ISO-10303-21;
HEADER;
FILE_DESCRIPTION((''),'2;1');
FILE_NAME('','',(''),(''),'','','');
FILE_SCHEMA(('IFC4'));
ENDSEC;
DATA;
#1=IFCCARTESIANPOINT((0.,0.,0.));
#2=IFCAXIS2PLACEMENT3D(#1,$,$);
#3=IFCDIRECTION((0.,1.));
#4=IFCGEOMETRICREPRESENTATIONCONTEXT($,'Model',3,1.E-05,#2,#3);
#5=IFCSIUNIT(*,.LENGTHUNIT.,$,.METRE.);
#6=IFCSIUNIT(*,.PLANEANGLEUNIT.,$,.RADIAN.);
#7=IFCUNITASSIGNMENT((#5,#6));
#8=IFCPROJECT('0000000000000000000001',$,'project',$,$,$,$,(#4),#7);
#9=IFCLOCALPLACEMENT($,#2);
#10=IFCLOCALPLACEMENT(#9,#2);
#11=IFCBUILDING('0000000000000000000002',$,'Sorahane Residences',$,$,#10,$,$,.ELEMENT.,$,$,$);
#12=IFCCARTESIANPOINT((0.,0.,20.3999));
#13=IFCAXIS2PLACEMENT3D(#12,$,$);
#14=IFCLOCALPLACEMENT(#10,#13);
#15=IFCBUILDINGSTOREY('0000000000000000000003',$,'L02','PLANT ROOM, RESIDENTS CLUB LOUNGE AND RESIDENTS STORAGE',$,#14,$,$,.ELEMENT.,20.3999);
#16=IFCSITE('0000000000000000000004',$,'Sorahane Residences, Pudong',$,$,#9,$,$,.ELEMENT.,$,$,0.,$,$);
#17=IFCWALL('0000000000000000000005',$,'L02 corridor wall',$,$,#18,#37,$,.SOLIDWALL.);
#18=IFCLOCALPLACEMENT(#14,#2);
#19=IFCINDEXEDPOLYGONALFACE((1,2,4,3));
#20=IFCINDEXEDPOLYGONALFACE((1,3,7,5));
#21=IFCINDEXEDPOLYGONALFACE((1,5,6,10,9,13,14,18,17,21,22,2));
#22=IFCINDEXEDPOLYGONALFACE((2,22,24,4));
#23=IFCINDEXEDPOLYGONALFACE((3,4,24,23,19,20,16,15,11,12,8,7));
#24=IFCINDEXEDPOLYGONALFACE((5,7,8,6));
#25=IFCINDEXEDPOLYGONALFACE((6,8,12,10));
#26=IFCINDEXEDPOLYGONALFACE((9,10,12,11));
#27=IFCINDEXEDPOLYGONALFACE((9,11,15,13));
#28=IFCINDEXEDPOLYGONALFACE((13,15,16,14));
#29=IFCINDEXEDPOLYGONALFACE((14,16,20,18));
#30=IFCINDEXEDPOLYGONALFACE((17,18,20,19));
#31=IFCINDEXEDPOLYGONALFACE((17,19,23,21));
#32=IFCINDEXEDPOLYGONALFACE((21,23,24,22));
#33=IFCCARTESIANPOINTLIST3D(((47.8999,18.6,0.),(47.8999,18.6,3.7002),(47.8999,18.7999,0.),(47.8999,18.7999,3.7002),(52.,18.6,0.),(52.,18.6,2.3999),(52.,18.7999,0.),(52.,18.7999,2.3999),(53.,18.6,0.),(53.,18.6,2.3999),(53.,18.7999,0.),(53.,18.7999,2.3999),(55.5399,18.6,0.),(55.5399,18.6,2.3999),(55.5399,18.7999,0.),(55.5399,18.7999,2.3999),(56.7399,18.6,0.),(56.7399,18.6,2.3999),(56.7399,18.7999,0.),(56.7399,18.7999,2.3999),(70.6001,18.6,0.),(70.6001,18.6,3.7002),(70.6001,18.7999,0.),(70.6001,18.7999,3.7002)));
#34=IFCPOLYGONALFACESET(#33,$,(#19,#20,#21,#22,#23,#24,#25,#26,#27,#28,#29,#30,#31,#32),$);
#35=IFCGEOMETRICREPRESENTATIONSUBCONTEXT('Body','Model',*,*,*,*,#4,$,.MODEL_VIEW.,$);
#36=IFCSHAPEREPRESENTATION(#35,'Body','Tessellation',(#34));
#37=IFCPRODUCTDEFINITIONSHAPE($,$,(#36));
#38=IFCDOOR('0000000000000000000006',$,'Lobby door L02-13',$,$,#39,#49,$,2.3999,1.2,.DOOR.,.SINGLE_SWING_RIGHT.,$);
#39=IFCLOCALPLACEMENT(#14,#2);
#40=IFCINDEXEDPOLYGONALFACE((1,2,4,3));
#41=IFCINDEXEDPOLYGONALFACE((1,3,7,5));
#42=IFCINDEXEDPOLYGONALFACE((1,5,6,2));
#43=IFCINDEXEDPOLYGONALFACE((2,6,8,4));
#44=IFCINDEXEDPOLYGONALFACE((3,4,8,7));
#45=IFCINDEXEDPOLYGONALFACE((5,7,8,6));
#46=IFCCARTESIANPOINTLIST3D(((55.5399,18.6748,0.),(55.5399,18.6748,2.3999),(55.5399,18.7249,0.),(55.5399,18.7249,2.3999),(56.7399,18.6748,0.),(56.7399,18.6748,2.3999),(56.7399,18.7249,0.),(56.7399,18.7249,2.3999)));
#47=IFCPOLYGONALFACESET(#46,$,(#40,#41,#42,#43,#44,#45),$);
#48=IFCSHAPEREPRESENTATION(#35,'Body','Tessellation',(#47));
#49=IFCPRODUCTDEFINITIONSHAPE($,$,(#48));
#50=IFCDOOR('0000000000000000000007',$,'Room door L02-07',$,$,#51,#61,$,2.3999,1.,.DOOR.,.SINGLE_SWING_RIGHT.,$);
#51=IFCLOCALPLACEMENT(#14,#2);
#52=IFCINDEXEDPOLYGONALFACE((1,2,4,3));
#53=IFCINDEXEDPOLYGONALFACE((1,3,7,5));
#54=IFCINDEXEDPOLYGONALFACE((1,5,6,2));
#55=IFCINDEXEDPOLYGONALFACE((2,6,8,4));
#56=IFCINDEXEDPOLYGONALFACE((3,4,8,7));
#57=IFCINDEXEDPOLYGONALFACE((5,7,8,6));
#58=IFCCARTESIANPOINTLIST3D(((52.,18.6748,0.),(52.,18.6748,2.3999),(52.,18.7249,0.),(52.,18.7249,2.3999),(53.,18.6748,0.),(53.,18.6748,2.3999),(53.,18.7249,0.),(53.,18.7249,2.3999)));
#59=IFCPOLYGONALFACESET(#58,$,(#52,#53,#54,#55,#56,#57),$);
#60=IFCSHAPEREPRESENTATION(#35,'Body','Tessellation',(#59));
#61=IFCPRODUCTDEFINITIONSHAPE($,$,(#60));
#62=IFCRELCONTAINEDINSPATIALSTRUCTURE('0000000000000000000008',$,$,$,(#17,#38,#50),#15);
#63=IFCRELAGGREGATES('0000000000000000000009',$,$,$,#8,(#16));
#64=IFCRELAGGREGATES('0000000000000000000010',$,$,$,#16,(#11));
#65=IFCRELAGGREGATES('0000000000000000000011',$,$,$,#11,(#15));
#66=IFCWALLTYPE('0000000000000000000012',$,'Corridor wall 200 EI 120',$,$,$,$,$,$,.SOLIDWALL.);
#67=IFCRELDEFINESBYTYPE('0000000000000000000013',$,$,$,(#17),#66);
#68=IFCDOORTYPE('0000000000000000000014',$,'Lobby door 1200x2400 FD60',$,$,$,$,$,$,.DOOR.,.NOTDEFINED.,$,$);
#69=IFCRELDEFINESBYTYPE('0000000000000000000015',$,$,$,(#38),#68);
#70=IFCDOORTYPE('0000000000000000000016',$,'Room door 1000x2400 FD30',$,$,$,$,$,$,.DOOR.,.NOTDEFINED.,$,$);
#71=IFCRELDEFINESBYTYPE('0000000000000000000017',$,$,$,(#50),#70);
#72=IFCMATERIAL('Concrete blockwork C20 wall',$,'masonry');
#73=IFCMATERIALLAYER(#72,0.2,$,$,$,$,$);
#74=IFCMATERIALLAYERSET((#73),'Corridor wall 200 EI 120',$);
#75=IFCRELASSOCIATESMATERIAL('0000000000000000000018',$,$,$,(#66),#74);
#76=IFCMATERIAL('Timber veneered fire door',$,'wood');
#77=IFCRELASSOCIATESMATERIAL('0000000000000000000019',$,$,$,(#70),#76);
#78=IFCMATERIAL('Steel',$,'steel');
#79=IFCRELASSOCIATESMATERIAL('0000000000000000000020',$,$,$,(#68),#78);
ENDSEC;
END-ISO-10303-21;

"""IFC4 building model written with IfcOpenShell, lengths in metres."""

from ifc_helpers import new_model, si_unit, direction, frame, frame_2d, origin, place, context, subcontext, project, spatial, rectangle, extrude, material, layer, layer_set, type_object, element, fill, save


model = new_model("IFC4")

# Units and contexts
model_context = context("Model", 3, precision=1e-05, world=origin(), true_north=direction((0.0, 1.0)))
body_context = subcontext(model_context, "Body", "Model", "MODEL_VIEW")
ifc_project = project(units=[si_unit("LENGTHUNIT", "METRE"), si_unit("PLANEANGLEUNIT", "RADIAN")], contexts=[model_context])

# Site, building, storey
site_placement = place(None, origin())
site = spatial("IfcSite", under=ifc_project, at=site_placement, Name="Sorahane Residences, Pudong", CompositionType="ELEMENT", RefElevation=0.0)
building_placement = place(site_placement, origin())
building = spatial("IfcBuilding", under=site, at=building_placement, Name="Sorahane Residences", CompositionType="ELEMENT")
storey_placement = place(building_placement, frame((0.0, 0.0, 20.3999)))
storey = spatial("IfcBuildingStorey", under=building, at=storey_placement, Name="L02", Description="PLANT ROOM, RESIDENTS CLUB LOUNGE AND RESIDENTS STORAGE", CompositionType="ELEMENT", Elevation=20.3999)

# Shared definitions
ifc_material_1 = material(Name="Concrete blockwork C20 wall", Category="masonry")
ifc_layer = layer(ifc_material_1, 0.2)
ifc_layer_set = layer_set([ifc_layer], Name="Corridor wall 200 EI 120")
wall_type = type_object("IfcWallType", Name="Corridor wall 200 EI 120", PredefinedType="SOLIDWALL", material=ifc_layer_set)

# Wall, openings, doors
ifc_material_2 = material(Name="Timber veneered fire door", Category="wood")
door_type_1 = type_object("IfcDoorType", Name="Room door 1000x2400 FD30", OperationType="NOTDEFINED", PredefinedType="DOOR", material=ifc_material_2)
wall_1_placement = place(storey_placement, frame((47.8999, 18.7, 0.0), z_axis=(0.0, 0.0, 1.0), x_axis=(1.0, 0.0, 0.0)))
wall_1 = element("IfcWall", 1, at=wall_1_placement, inside=storey, type_object=wall_type, Name="L02 corridor wall", PredefinedType="SOLIDWALL", context=body_context, shape_type="SweptSolid", body=[
    extrude(rectangle(XDim=22.7002, YDim=0.2, at=frame_2d((11.3501, 0.0))), origin(), (0.0, 0.0, 1.0), 3.7002),
])
opening_1_placement = place(wall_1_placement, frame((4.1001, 0.0, 0.0)))
opening_1 = element("IfcOpeningElement", 2, at=opening_1_placement, cuts=wall_1, PredefinedType="OPENING", context=body_context, shape_type="SweptSolid", body=[
    extrude(rectangle(XDim=1.0, YDim=2.3999, at=frame_2d((0.5, 1.2))), frame((0.0, 0.1099, 0.0), z_axis=(0.0, -1.0, 0.0), x_axis=(1.0, 0.0, 0.0)), (0.0, 0.0, 1.0), 0.22),
])
opening_2_placement = place(wall_1_placement, frame((7.6399, 0.0, 0.0)))
opening_2 = element("IfcOpeningElement", 3, at=opening_2_placement, cuts=wall_1, PredefinedType="OPENING", context=body_context, shape_type="SweptSolid", body=[
    extrude(rectangle(XDim=1.2, YDim=2.3999, at=frame_2d((0.6001, 1.2))), frame((0.0, 0.1099, 0.0), z_axis=(0.0, -1.0, 0.0), x_axis=(1.0, 0.0, 0.0)), (0.0, 0.0, 1.0), 0.22),
])
ifc_material_3 = material(Name="Steel", Category="steel")
door_type_2 = type_object("IfcDoorType", Name="Lobby door 1200x2400 FD60", OperationType="NOTDEFINED", PredefinedType="DOOR", material=ifc_material_3)
door_1_placement = place(opening_2_placement, origin())
door_1 = element("IfcDoor", 4, at=door_1_placement, inside=storey, type_object=door_type_2, Name="Lobby door L02-13", OperationType="SINGLE_SWING_RIGHT", OverallHeight=2.3999, OverallWidth=1.2, PredefinedType="DOOR", context=body_context, shape_type="SweptSolid", body=[
    extrude(rectangle(XDim=1.2, YDim=2.3999, at=frame_2d((0.6001, 1.2))), frame((0.0, 0.0249, 0.0), z_axis=(0.0, -1.0, 0.0), x_axis=(1.0, 0.0, 0.0)), (0.0, 0.0, 1.0), 0.05),
])
fill(opening_2, door_1)
door_2_placement = place(opening_1_placement, origin())
door_2 = element("IfcDoor", 5, at=door_2_placement, inside=storey, type_object=door_type_1, Name="Room door L02-07", OperationType="SINGLE_SWING_RIGHT", OverallHeight=2.3999, OverallWidth=1.0, PredefinedType="DOOR", context=body_context, shape_type="SweptSolid", body=[
    extrude(rectangle(XDim=1.0, YDim=2.3999, at=frame_2d((0.5, 1.2))), frame((0.0, 0.0249, 0.0), z_axis=(0.0, -1.0, 0.0), x_axis=(1.0, 0.0, 0.0)), (0.0, 0.0, 1.0), 0.05),
])
fill(opening_1, door_2)

save(model, "model.ifc")
